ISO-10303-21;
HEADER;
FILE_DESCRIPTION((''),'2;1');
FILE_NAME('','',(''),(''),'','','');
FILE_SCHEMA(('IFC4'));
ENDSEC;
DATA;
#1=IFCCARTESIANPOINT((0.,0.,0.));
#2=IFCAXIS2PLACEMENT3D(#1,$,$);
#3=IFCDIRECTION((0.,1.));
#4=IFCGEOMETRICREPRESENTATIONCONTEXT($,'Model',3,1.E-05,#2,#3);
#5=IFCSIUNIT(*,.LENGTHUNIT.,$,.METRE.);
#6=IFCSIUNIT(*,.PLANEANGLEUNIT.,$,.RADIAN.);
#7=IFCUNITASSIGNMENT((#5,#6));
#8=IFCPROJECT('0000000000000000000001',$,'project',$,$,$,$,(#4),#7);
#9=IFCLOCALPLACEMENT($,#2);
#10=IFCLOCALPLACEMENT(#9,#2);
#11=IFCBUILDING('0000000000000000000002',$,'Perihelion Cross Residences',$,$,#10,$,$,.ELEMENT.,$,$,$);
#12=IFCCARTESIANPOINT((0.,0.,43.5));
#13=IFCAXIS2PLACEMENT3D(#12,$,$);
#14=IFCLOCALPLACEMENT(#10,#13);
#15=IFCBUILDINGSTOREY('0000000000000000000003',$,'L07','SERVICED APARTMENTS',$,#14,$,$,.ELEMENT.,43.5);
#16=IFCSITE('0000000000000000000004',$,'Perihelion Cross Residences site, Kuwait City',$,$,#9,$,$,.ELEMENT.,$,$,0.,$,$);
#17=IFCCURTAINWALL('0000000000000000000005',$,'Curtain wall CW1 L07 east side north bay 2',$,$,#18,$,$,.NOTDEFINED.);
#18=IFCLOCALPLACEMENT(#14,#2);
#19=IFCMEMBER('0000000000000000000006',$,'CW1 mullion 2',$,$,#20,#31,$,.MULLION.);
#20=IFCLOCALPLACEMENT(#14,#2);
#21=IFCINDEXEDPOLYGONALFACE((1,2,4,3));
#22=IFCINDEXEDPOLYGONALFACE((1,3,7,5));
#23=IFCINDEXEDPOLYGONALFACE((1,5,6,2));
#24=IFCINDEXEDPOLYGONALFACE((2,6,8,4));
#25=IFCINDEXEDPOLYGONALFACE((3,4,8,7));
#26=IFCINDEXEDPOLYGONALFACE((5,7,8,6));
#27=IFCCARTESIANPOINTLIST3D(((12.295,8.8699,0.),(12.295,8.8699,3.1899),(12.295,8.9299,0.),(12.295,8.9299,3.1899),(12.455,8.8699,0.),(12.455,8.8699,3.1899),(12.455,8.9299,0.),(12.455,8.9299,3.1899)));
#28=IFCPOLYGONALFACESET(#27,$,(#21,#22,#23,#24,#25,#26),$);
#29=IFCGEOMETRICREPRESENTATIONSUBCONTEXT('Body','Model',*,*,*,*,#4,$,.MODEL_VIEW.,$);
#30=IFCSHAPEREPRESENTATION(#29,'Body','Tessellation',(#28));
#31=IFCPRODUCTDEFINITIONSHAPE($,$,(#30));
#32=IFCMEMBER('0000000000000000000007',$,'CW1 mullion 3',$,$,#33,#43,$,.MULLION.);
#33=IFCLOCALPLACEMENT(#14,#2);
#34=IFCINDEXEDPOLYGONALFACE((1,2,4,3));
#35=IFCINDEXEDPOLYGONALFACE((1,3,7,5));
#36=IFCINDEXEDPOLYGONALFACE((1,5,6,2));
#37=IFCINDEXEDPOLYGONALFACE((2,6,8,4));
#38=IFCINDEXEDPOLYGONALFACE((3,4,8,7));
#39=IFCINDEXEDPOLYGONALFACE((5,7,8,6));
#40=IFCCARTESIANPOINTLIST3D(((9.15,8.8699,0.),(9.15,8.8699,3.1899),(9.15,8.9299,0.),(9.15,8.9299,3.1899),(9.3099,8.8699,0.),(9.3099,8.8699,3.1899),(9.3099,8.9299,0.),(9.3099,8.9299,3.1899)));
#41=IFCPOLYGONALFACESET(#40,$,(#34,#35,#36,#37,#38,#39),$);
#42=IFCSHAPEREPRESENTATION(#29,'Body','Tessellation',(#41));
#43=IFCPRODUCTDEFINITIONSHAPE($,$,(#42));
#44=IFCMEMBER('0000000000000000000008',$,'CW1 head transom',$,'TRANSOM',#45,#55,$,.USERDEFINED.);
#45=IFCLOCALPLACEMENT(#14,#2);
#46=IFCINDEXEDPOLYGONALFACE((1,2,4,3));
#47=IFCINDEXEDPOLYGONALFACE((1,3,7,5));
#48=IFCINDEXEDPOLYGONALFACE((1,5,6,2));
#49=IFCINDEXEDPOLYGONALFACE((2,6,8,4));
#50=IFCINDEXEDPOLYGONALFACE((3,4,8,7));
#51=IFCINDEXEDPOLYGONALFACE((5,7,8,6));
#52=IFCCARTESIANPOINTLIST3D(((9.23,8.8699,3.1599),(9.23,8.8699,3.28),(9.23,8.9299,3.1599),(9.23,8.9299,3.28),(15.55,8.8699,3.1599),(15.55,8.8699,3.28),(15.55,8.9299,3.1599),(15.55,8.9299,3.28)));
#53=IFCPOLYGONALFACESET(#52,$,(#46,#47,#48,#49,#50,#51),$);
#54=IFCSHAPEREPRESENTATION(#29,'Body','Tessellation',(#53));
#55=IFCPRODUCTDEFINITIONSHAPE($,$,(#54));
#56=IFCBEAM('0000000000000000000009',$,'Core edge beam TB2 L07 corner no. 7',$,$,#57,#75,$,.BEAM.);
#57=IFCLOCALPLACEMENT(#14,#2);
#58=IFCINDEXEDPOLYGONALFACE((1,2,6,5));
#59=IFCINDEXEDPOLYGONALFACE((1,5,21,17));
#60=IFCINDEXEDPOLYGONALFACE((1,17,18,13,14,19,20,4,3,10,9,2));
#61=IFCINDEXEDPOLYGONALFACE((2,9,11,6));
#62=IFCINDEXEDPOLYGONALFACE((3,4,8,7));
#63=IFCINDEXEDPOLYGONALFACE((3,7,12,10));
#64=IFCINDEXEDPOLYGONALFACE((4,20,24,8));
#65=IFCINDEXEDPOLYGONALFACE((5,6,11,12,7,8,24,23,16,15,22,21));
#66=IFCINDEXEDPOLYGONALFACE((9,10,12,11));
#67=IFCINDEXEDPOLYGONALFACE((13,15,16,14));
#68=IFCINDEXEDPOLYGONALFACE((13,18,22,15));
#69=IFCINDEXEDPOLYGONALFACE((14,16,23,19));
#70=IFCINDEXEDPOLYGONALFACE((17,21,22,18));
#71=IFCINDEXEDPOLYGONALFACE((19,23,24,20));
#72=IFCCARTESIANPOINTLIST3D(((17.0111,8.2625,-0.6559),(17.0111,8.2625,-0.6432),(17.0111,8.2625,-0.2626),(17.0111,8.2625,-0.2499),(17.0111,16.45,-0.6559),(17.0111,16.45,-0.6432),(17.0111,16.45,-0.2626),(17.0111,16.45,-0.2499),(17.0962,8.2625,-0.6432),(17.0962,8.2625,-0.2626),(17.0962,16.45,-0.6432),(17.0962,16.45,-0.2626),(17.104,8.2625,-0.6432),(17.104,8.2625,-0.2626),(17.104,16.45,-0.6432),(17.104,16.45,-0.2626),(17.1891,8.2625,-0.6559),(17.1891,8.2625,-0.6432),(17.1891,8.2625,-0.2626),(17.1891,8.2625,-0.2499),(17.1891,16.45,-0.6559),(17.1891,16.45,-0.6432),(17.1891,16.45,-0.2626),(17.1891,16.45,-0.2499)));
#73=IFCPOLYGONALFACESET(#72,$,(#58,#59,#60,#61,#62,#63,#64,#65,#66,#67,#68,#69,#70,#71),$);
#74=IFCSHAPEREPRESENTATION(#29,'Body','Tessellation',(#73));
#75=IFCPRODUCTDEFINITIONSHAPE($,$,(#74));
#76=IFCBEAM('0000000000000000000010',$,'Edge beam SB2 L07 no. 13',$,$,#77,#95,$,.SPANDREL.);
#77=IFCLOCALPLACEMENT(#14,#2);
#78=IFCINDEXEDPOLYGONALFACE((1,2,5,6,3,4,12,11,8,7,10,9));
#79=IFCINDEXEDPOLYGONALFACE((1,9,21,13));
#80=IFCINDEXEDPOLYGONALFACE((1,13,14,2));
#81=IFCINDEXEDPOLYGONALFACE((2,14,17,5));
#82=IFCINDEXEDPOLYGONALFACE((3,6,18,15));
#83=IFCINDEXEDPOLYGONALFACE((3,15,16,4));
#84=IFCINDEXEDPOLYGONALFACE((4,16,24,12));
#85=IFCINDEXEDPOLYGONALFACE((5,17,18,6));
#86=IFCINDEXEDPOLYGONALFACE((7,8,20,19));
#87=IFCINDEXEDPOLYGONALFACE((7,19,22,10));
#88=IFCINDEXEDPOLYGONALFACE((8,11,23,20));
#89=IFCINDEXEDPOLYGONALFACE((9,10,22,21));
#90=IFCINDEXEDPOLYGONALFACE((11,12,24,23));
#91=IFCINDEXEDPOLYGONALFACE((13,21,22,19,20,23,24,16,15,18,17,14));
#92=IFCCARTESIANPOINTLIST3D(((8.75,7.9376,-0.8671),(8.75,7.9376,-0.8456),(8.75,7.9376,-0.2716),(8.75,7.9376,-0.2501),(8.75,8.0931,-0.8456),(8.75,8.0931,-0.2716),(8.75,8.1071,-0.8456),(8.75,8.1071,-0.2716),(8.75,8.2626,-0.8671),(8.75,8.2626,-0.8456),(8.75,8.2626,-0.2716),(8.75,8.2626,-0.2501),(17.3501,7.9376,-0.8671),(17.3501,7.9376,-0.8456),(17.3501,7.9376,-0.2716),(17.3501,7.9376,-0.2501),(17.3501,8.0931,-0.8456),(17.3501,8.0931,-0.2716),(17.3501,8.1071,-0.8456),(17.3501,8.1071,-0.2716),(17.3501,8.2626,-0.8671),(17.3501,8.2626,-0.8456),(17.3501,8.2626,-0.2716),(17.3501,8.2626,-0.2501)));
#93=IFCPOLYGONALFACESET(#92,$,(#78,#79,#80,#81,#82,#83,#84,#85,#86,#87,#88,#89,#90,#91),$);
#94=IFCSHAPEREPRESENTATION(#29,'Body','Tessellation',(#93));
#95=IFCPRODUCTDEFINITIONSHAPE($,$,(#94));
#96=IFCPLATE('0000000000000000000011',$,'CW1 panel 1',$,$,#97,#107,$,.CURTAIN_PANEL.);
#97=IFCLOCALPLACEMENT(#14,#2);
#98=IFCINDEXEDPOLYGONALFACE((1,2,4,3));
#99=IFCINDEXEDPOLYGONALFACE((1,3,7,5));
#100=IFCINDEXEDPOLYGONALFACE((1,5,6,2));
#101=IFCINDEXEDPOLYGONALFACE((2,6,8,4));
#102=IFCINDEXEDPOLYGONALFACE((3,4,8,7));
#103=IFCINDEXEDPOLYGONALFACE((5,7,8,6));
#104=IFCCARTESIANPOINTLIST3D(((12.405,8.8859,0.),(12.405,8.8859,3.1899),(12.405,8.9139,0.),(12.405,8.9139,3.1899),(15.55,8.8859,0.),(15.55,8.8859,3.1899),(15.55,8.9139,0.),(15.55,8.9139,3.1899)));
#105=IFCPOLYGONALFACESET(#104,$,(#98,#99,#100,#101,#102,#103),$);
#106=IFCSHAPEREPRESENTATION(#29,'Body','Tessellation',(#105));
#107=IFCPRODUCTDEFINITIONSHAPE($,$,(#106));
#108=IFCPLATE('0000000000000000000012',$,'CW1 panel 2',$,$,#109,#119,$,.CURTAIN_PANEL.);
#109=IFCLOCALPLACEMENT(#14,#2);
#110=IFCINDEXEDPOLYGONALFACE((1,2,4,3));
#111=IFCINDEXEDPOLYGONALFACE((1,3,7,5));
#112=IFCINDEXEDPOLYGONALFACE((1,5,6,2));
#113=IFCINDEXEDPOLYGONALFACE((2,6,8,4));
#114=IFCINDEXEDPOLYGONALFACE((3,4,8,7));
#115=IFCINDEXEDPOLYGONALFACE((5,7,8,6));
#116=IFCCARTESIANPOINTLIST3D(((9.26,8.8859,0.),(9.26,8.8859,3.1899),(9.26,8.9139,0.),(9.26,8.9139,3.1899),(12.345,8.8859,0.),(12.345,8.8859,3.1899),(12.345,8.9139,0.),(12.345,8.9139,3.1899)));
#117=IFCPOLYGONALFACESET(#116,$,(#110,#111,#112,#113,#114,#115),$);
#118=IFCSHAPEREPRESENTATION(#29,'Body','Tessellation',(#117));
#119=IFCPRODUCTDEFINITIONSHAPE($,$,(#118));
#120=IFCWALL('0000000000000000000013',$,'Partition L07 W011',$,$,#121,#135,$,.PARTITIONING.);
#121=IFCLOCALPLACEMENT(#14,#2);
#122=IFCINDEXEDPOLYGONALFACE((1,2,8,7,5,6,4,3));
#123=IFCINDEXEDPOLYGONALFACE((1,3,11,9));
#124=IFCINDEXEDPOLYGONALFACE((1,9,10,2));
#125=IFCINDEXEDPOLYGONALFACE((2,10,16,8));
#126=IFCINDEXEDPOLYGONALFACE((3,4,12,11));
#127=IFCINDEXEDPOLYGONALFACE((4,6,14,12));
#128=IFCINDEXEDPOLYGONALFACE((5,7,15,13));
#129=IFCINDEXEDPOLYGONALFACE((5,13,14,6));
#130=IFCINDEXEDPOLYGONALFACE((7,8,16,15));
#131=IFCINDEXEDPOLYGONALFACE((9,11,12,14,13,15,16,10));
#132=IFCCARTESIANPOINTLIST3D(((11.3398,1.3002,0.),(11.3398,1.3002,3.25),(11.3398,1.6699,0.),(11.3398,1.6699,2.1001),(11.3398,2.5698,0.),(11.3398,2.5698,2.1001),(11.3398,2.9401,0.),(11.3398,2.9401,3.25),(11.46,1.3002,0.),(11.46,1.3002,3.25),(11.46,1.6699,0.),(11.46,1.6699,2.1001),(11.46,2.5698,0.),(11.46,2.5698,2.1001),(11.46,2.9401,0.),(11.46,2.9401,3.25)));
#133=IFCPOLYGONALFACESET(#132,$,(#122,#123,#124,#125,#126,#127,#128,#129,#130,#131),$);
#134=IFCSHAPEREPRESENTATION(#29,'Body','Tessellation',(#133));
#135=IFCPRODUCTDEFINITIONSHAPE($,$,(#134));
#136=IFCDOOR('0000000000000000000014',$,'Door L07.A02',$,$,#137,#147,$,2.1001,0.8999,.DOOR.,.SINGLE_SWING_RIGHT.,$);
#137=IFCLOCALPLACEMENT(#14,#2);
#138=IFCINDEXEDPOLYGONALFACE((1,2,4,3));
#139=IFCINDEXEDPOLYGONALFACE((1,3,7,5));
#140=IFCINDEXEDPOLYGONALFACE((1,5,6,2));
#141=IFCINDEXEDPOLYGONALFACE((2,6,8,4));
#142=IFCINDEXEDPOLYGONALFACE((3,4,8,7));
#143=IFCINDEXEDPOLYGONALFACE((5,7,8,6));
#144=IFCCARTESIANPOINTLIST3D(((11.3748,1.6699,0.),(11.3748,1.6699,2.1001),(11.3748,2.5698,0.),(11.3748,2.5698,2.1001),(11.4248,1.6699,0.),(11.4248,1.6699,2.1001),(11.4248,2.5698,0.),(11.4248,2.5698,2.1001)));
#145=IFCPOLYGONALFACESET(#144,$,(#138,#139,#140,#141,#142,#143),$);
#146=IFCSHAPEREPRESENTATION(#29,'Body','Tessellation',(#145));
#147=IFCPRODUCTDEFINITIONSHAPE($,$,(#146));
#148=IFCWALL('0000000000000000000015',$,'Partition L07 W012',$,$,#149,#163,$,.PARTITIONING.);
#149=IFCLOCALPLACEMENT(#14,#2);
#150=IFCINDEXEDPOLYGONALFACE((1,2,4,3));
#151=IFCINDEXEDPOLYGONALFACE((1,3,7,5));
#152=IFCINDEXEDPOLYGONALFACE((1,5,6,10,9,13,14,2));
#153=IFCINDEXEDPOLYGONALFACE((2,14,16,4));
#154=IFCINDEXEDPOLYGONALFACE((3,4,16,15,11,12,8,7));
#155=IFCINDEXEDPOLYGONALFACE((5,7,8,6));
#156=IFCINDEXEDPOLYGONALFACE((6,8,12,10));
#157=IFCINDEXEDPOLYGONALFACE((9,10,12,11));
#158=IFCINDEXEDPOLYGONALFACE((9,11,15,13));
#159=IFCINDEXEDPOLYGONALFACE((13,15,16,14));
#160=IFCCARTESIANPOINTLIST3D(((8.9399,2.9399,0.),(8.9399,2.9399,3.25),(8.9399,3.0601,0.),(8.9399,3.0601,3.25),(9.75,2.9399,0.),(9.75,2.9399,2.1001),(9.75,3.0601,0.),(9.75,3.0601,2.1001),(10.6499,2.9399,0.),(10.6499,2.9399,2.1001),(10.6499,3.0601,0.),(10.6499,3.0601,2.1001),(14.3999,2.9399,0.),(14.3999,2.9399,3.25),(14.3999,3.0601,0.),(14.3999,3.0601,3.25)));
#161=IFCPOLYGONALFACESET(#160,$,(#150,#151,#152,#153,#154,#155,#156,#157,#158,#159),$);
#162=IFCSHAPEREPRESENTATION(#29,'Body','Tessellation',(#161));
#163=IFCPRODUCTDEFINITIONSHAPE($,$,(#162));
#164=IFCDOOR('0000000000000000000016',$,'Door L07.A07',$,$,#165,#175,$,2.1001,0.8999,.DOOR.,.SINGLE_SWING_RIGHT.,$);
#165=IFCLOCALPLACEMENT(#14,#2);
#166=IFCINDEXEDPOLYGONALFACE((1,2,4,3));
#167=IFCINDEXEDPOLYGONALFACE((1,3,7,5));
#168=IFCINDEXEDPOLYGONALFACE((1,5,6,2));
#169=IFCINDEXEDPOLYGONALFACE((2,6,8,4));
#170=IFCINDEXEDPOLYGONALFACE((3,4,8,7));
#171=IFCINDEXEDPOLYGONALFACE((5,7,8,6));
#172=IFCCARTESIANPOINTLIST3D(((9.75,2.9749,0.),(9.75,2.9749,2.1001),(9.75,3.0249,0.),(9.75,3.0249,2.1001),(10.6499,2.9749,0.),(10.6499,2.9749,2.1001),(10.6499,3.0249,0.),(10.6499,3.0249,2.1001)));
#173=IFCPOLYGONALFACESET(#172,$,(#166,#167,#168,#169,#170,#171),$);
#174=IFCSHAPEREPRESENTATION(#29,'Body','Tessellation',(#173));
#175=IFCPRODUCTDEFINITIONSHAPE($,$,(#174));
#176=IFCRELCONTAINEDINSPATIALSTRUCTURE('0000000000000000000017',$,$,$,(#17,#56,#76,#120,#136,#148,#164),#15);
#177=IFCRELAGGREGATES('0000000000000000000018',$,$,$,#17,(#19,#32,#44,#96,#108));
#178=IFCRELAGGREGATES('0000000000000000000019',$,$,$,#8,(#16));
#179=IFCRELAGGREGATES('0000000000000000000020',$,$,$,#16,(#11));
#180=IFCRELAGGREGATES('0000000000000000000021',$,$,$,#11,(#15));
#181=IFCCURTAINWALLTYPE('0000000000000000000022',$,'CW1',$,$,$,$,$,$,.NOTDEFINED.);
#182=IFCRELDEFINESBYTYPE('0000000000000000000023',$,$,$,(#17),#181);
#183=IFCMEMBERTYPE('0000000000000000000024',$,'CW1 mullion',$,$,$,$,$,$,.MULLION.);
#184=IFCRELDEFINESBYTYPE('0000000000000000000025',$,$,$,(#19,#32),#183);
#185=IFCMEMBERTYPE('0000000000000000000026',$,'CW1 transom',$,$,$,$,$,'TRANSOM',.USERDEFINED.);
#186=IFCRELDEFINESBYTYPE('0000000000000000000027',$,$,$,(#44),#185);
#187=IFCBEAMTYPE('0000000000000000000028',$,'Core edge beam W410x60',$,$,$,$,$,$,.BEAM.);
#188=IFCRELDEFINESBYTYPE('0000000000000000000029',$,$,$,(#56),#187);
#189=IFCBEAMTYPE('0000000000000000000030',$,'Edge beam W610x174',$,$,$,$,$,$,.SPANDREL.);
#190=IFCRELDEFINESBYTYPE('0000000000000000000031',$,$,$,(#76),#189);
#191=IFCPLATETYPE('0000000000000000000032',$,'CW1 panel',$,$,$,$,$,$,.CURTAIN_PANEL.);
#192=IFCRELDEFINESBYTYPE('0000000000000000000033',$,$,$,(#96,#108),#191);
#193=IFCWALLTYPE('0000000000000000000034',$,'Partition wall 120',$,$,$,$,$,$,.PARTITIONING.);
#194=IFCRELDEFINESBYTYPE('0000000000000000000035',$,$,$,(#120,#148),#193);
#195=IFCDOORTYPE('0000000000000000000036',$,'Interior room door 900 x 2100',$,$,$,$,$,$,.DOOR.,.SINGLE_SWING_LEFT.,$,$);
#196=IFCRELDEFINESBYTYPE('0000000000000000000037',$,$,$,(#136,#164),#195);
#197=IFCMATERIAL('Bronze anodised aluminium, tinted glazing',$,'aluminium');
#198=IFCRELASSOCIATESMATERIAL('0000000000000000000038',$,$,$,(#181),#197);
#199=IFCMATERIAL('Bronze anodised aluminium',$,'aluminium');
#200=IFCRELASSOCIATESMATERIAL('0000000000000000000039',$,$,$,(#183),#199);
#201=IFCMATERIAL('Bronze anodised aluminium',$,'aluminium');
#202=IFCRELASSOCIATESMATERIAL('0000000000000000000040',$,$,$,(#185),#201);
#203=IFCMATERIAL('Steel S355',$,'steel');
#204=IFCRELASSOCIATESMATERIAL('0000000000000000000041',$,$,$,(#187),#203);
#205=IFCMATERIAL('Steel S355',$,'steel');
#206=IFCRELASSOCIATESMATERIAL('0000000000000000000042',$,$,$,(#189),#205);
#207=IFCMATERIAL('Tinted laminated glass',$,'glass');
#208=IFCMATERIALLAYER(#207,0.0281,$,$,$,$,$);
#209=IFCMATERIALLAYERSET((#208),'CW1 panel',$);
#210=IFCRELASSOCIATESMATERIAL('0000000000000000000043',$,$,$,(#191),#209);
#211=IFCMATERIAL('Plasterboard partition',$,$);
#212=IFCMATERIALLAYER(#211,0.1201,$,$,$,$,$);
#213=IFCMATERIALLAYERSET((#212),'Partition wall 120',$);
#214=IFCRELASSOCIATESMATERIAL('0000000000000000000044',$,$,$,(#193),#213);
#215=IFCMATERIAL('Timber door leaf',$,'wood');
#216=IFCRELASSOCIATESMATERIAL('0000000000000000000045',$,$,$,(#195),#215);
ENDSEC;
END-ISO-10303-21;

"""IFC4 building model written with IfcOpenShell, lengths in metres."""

from ifc_helpers import new_model, si_unit, direction, frame, frame_2d, origin, origin_2d, place, context, subcontext, project, spatial, rectangle, i_section, extrude, material, layer, layer_set, material_profile, profile_set, type_object, element, fill, aggregate, save


model = new_model("IFC4")

# Units and contexts
model_context = context("Model", 3, precision=1e-05, world=origin(), true_north=direction((0.0, 1.0)))
body_context = subcontext(model_context, "Body", "Model", "MODEL_VIEW")
ifc_project = project(units=[si_unit("LENGTHUNIT", "METRE"), si_unit("PLANEANGLEUNIT", "RADIAN")], contexts=[model_context])

# Site, building, storey
site_placement = place(None, origin())
site = spatial("IfcSite", under=ifc_project, at=site_placement, Name="Perihelion Cross Residences site, Kuwait City", CompositionType="ELEMENT", RefElevation=0.0)
building_placement = place(site_placement, origin())
building = spatial("IfcBuilding", under=site, at=building_placement, Name="Perihelion Cross Residences", CompositionType="ELEMENT")
storey_placement = place(building_placement, frame((0.0, 0.0, 43.5)))
storey = spatial("IfcBuildingStorey", under=building, at=storey_placement, Name="L07", Description="SERVICED APARTMENTS", CompositionType="ELEMENT", Elevation=43.5)

# Curtain wall, members
ifc_material_1 = material(Name="Bronze anodised aluminium, tinted glazing", Category="aluminium")
curtain_wall_type = type_object("IfcCurtainWallType", Name="CW1", PredefinedType="NOTDEFINED", material=ifc_material_1)
curtain_wall_placement = place(storey_placement, origin())
curtain_wall = element("IfcCurtainWall", 1, at=curtain_wall_placement, inside=storey, type_object=curtain_wall_type, Name="Curtain wall CW1 L07 east side north bay 2", PredefinedType="NOTDEFINED")
ifc_material_2 = material(Name="Bronze anodised aluminium", Category="aluminium")
ifc_material_profile_1 = material_profile(ifc_material_2, rectangle(XDim=0.0601, YDim=0.1599, at=origin_2d()), Name="CW1 mullion")
ifc_profile_set_1 = profile_set([ifc_material_profile_1], Name="Bronze anodised aluminium")
member_type_1 = type_object("IfcMemberType", Name="CW1 mullion", PredefinedType="MULLION", material=ifc_profile_set_1)
member_1_placement = place(storey_placement, frame((12.375, 8.8999, 0.0), z_axis=(0.0, 0.0, 1.0), x_axis=(0.0, -1.0, 0.0)))
member_1 = element("IfcMember", 2, at=member_1_placement, type_object=member_type_1, Name="CW1 mullion 2", PredefinedType="MULLION", context=body_context, shape_type="SweptSolid", body=[
    extrude(rectangle(XDim=0.0601, YDim=0.1599, at=origin_2d()), origin(), (0.0, 0.0, 1.0), 3.1899),
])
member_2_placement = place(storey_placement, frame((9.23, 8.8999, 0.0), z_axis=(0.0, 0.0, 1.0), x_axis=(0.0, -1.0, 0.0)))
member_2 = element("IfcMember", 3, at=member_2_placement, type_object=member_type_1, Name="CW1 mullion 3", PredefinedType="MULLION", context=body_context, shape_type="SweptSolid", body=[
    extrude(rectangle(XDim=0.0601, YDim=0.1599, at=origin_2d()), origin(), (0.0, 0.0, 1.0), 3.1899),
])
ifc_material_3 = material(Name="Bronze anodised aluminium", Category="aluminium")
ifc_material_profile_2 = material_profile(ifc_material_3, rectangle(XDim=0.0601, YDim=0.1201, at=origin_2d()), Name="CW1 transom")
ifc_profile_set_2 = profile_set([ifc_material_profile_2], Name="Bronze anodised aluminium")
member_type_2 = type_object("IfcMemberType", Name="CW1 transom", ElementType="TRANSOM", PredefinedType="USERDEFINED", material=ifc_profile_set_2)
member_3_placement = place(storey_placement, frame((15.55, 8.8999, 3.22), z_axis=(-1.0, 0.0, 0.0), x_axis=(0.0, -1.0, 0.0)))
member_3 = element("IfcMember", 4, at=member_3_placement, type_object=member_type_2, Name="CW1 head transom", ObjectType="TRANSOM", PredefinedType="USERDEFINED", context=body_context, shape_type="SweptSolid", body=[
    extrude(rectangle(XDim=0.0601, YDim=0.1201, at=origin_2d()), origin(), (0.0, 0.0, 1.0), 6.3201),
])

# Beams
ifc_material_4 = material(Name="Steel S355", Category="steel")
ifc_material_profile_3 = material_profile(ifc_material_4, i_section(OverallWidth=0.178, OverallDepth=0.406, WebThickness=0.0078, FlangeThickness=0.0127, at=origin_2d()), Name="W410x60")
ifc_profile_set_3 = profile_set([ifc_material_profile_3], Name="Steel S355")
beam_type_1 = type_object("IfcBeamType", Name="Core edge beam W410x60", PredefinedType="BEAM", material=ifc_profile_set_3)
beam_1_placement = place(storey_placement, frame((17.1001, 8.2625, -0.4529), z_axis=(0.0, 1.0, 0.0), x_axis=(-1.0, 0.0, 0.0)))
element("IfcBeam", 5, at=beam_1_placement, inside=storey, type_object=beam_type_1, Name="Core edge beam TB2 L07 corner no. 7", PredefinedType="BEAM", context=body_context, shape_type="SweptSolid", body=[
    extrude(i_section(OverallWidth=0.178, OverallDepth=0.406, WebThickness=0.0078, FlangeThickness=0.0127, at=origin_2d()), origin(), (0.0, 0.0, 1.0), 8.1875),
])
ifc_material_5 = material(Name="Steel S355", Category="steel")
ifc_material_profile_4 = material_profile(ifc_material_5, i_section(OverallWidth=0.325, OverallDepth=0.6169, WebThickness=0.0139, FlangeThickness=0.0215, at=origin_2d()), Name="W610x174")
ifc_profile_set_4 = profile_set([ifc_material_profile_4], Name="Steel S355")
beam_type_2 = type_object("IfcBeamType", Name="Edge beam W610x174", PredefinedType="SPANDREL", material=ifc_profile_set_4)
beam_2_placement = place(storey_placement, frame((17.3501, 8.1001, -0.5586), z_axis=(-1.0, 0.0, 0.0), x_axis=(0.0, -1.0, 0.0)))
element("IfcBeam", 6, at=beam_2_placement, inside=storey, type_object=beam_type_2, Name="Edge beam SB2 L07 no. 13", PredefinedType="SPANDREL", context=body_context, shape_type="SweptSolid", body=[
    extrude(i_section(OverallWidth=0.325, OverallDepth=0.6169, WebThickness=0.0139, FlangeThickness=0.0215, at=origin_2d()), origin(), (0.0, 0.0, 1.0), 8.6001),
])

# Plates
ifc_material_6 = material(Name="Tinted laminated glass", Category="glass")
ifc_layer_1 = layer(ifc_material_6, 0.0281)
ifc_layer_set_1 = layer_set([ifc_layer_1], Name="CW1 panel")
plate_type = type_object("IfcPlateType", Name="CW1 panel", PredefinedType="CURTAIN_PANEL", material=ifc_layer_set_1)
plate_1_placement = place(storey_placement, frame((13.9775, 8.8999, 0.0), z_axis=(0.0, 0.0, 1.0), x_axis=(-1.0, 0.0, 0.0)))
plate_1 = element("IfcPlate", 7, at=plate_1_placement, type_object=plate_type, Name="CW1 panel 1", PredefinedType="CURTAIN_PANEL", context=body_context, shape_type="SweptSolid", body=[
    extrude(rectangle(XDim=3.145, YDim=0.0281, at=origin_2d()), origin(), (0.0, 0.0, 1.0), 3.1899),
])
plate_2_placement = place(storey_placement, frame((10.8025, 8.8999, 0.0), z_axis=(0.0, 0.0, 1.0), x_axis=(-1.0, 0.0, 0.0)))
plate_2 = element("IfcPlate", 8, at=plate_2_placement, type_object=plate_type, Name="CW1 panel 2", PredefinedType="CURTAIN_PANEL", context=body_context, shape_type="SweptSolid", body=[
    extrude(rectangle(XDim=3.085, YDim=0.0281, at=origin_2d()), origin(), (0.0, 0.0, 1.0), 3.1899),
])
aggregate(curtain_wall, [member_1, member_2, member_3, plate_1, plate_2])

# Walls, openings, doors
ifc_material_7 = material(Name="Plasterboard partition")
ifc_layer_2 = layer(ifc_material_7, 0.1201)
ifc_layer_set_2 = layer_set([ifc_layer_2], Name="Partition wall 120")
wall_type_1 = type_object("IfcWallType", Name="Partition wall 120", PredefinedType="PARTITIONING", material=ifc_layer_set_2)
wall_1_placement = place(storey_placement, frame((11.3999, 2.9399, 0.0), z_axis=(0.0, 0.0, 1.0), x_axis=(0.0, -1.0, 0.0)))
wall_1 = element("IfcWall", 9, at=wall_1_placement, inside=storey, type_object=wall_type_1, Name="Partition L07 W011", PredefinedType="PARTITIONING", context=body_context, shape_type="SweptSolid", body=[
    extrude(rectangle(XDim=1.6399, YDim=0.1201, at=frame_2d((0.8198, 0.0))), origin(), (0.0, 0.0, 1.0), 3.25),
])
opening_1_placement = place(wall_1_placement, frame((0.3701, 0.0, 0.0)))
opening_1 = element("IfcOpeningElement", 10, at=opening_1_placement, cuts=wall_1, PredefinedType="OPENING", context=body_context, shape_type="SweptSolid", body=[
    extrude(rectangle(XDim=0.8999, YDim=2.1001, at=frame_2d((0.45, 1.05))), frame((0.0, 0.0701, 0.0), z_axis=(0.0, -1.0, 0.0), x_axis=(1.0, 0.0, 0.0)), (0.0, 0.0, 1.0), 0.1401),
])
ifc_material_8 = material(Name="Timber door leaf", Category="wood")
door_type_1 = type_object("IfcDoorType", Name="Interior room door 900 x 2100", OperationType="SINGLE_SWING_LEFT", PredefinedType="DOOR", material=ifc_material_8)
door_1_placement = place(opening_1_placement, origin())
door_1 = element("IfcDoor", 11, at=door_1_placement, inside=storey, type_object=door_type_1, Name="Door L07.A02", OperationType="SINGLE_SWING_RIGHT", OverallHeight=2.1001, OverallWidth=0.8999, PredefinedType="DOOR", context=body_context, shape_type="SweptSolid", body=[
    extrude(rectangle(XDim=0.8999, YDim=2.1001, at=frame_2d((0.45, 1.05))), frame((0.0, 0.0249, 0.0), z_axis=(0.0, -1.0, 0.0), x_axis=(1.0, 0.0, 0.0)), (0.0, 0.0, 1.0), 0.05),
])
fill(opening_1, door_1)
wall_2_placement = place(storey_placement, frame((8.9399, 3.0, 0.0), z_axis=(0.0, 0.0, 1.0), x_axis=(1.0, 0.0, 0.0)))
wall_2 = element("IfcWall", 12, at=wall_2_placement, inside=storey, type_object=wall_type_1, Name="Partition L07 W012", PredefinedType="PARTITIONING", context=body_context, shape_type="SweptSolid", body=[
    extrude(rectangle(XDim=5.46, YDim=0.1201, at=frame_2d((2.73, 0.0))), origin(), (0.0, 0.0, 1.0), 3.25),
])
opening_2_placement = place(wall_2_placement, frame((0.8101, 0.0, 0.0)))
opening_2 = element("IfcOpeningElement", 13, at=opening_2_placement, cuts=wall_2, PredefinedType="OPENING", context=body_context, shape_type="SweptSolid", body=[
    extrude(rectangle(XDim=0.8999, YDim=2.1001, at=frame_2d((0.45, 1.05))), frame((0.0, 0.0701, 0.0), z_axis=(0.0, -1.0, 0.0), x_axis=(1.0, 0.0, 0.0)), (0.0, 0.0, 1.0), 0.1401),
])
door_2_placement = place(opening_2_placement, origin())
door_2 = element("IfcDoor", 14, at=door_2_placement, inside=storey, type_object=door_type_1, Name="Door L07.A07", OperationType="SINGLE_SWING_RIGHT", OverallHeight=2.1001, OverallWidth=0.8999, PredefinedType="DOOR", context=body_context, shape_type="SweptSolid", body=[
    extrude(rectangle(XDim=0.8999, YDim=2.1001, at=frame_2d((0.45, 1.05))), frame((0.0, 0.0249, 0.0), z_axis=(0.0, -1.0, 0.0), x_axis=(1.0, 0.0, 0.0)), (0.0, 0.0, 1.0), 0.05),
])
fill(opening_2, door_2)

save(model, "model.ifc")
